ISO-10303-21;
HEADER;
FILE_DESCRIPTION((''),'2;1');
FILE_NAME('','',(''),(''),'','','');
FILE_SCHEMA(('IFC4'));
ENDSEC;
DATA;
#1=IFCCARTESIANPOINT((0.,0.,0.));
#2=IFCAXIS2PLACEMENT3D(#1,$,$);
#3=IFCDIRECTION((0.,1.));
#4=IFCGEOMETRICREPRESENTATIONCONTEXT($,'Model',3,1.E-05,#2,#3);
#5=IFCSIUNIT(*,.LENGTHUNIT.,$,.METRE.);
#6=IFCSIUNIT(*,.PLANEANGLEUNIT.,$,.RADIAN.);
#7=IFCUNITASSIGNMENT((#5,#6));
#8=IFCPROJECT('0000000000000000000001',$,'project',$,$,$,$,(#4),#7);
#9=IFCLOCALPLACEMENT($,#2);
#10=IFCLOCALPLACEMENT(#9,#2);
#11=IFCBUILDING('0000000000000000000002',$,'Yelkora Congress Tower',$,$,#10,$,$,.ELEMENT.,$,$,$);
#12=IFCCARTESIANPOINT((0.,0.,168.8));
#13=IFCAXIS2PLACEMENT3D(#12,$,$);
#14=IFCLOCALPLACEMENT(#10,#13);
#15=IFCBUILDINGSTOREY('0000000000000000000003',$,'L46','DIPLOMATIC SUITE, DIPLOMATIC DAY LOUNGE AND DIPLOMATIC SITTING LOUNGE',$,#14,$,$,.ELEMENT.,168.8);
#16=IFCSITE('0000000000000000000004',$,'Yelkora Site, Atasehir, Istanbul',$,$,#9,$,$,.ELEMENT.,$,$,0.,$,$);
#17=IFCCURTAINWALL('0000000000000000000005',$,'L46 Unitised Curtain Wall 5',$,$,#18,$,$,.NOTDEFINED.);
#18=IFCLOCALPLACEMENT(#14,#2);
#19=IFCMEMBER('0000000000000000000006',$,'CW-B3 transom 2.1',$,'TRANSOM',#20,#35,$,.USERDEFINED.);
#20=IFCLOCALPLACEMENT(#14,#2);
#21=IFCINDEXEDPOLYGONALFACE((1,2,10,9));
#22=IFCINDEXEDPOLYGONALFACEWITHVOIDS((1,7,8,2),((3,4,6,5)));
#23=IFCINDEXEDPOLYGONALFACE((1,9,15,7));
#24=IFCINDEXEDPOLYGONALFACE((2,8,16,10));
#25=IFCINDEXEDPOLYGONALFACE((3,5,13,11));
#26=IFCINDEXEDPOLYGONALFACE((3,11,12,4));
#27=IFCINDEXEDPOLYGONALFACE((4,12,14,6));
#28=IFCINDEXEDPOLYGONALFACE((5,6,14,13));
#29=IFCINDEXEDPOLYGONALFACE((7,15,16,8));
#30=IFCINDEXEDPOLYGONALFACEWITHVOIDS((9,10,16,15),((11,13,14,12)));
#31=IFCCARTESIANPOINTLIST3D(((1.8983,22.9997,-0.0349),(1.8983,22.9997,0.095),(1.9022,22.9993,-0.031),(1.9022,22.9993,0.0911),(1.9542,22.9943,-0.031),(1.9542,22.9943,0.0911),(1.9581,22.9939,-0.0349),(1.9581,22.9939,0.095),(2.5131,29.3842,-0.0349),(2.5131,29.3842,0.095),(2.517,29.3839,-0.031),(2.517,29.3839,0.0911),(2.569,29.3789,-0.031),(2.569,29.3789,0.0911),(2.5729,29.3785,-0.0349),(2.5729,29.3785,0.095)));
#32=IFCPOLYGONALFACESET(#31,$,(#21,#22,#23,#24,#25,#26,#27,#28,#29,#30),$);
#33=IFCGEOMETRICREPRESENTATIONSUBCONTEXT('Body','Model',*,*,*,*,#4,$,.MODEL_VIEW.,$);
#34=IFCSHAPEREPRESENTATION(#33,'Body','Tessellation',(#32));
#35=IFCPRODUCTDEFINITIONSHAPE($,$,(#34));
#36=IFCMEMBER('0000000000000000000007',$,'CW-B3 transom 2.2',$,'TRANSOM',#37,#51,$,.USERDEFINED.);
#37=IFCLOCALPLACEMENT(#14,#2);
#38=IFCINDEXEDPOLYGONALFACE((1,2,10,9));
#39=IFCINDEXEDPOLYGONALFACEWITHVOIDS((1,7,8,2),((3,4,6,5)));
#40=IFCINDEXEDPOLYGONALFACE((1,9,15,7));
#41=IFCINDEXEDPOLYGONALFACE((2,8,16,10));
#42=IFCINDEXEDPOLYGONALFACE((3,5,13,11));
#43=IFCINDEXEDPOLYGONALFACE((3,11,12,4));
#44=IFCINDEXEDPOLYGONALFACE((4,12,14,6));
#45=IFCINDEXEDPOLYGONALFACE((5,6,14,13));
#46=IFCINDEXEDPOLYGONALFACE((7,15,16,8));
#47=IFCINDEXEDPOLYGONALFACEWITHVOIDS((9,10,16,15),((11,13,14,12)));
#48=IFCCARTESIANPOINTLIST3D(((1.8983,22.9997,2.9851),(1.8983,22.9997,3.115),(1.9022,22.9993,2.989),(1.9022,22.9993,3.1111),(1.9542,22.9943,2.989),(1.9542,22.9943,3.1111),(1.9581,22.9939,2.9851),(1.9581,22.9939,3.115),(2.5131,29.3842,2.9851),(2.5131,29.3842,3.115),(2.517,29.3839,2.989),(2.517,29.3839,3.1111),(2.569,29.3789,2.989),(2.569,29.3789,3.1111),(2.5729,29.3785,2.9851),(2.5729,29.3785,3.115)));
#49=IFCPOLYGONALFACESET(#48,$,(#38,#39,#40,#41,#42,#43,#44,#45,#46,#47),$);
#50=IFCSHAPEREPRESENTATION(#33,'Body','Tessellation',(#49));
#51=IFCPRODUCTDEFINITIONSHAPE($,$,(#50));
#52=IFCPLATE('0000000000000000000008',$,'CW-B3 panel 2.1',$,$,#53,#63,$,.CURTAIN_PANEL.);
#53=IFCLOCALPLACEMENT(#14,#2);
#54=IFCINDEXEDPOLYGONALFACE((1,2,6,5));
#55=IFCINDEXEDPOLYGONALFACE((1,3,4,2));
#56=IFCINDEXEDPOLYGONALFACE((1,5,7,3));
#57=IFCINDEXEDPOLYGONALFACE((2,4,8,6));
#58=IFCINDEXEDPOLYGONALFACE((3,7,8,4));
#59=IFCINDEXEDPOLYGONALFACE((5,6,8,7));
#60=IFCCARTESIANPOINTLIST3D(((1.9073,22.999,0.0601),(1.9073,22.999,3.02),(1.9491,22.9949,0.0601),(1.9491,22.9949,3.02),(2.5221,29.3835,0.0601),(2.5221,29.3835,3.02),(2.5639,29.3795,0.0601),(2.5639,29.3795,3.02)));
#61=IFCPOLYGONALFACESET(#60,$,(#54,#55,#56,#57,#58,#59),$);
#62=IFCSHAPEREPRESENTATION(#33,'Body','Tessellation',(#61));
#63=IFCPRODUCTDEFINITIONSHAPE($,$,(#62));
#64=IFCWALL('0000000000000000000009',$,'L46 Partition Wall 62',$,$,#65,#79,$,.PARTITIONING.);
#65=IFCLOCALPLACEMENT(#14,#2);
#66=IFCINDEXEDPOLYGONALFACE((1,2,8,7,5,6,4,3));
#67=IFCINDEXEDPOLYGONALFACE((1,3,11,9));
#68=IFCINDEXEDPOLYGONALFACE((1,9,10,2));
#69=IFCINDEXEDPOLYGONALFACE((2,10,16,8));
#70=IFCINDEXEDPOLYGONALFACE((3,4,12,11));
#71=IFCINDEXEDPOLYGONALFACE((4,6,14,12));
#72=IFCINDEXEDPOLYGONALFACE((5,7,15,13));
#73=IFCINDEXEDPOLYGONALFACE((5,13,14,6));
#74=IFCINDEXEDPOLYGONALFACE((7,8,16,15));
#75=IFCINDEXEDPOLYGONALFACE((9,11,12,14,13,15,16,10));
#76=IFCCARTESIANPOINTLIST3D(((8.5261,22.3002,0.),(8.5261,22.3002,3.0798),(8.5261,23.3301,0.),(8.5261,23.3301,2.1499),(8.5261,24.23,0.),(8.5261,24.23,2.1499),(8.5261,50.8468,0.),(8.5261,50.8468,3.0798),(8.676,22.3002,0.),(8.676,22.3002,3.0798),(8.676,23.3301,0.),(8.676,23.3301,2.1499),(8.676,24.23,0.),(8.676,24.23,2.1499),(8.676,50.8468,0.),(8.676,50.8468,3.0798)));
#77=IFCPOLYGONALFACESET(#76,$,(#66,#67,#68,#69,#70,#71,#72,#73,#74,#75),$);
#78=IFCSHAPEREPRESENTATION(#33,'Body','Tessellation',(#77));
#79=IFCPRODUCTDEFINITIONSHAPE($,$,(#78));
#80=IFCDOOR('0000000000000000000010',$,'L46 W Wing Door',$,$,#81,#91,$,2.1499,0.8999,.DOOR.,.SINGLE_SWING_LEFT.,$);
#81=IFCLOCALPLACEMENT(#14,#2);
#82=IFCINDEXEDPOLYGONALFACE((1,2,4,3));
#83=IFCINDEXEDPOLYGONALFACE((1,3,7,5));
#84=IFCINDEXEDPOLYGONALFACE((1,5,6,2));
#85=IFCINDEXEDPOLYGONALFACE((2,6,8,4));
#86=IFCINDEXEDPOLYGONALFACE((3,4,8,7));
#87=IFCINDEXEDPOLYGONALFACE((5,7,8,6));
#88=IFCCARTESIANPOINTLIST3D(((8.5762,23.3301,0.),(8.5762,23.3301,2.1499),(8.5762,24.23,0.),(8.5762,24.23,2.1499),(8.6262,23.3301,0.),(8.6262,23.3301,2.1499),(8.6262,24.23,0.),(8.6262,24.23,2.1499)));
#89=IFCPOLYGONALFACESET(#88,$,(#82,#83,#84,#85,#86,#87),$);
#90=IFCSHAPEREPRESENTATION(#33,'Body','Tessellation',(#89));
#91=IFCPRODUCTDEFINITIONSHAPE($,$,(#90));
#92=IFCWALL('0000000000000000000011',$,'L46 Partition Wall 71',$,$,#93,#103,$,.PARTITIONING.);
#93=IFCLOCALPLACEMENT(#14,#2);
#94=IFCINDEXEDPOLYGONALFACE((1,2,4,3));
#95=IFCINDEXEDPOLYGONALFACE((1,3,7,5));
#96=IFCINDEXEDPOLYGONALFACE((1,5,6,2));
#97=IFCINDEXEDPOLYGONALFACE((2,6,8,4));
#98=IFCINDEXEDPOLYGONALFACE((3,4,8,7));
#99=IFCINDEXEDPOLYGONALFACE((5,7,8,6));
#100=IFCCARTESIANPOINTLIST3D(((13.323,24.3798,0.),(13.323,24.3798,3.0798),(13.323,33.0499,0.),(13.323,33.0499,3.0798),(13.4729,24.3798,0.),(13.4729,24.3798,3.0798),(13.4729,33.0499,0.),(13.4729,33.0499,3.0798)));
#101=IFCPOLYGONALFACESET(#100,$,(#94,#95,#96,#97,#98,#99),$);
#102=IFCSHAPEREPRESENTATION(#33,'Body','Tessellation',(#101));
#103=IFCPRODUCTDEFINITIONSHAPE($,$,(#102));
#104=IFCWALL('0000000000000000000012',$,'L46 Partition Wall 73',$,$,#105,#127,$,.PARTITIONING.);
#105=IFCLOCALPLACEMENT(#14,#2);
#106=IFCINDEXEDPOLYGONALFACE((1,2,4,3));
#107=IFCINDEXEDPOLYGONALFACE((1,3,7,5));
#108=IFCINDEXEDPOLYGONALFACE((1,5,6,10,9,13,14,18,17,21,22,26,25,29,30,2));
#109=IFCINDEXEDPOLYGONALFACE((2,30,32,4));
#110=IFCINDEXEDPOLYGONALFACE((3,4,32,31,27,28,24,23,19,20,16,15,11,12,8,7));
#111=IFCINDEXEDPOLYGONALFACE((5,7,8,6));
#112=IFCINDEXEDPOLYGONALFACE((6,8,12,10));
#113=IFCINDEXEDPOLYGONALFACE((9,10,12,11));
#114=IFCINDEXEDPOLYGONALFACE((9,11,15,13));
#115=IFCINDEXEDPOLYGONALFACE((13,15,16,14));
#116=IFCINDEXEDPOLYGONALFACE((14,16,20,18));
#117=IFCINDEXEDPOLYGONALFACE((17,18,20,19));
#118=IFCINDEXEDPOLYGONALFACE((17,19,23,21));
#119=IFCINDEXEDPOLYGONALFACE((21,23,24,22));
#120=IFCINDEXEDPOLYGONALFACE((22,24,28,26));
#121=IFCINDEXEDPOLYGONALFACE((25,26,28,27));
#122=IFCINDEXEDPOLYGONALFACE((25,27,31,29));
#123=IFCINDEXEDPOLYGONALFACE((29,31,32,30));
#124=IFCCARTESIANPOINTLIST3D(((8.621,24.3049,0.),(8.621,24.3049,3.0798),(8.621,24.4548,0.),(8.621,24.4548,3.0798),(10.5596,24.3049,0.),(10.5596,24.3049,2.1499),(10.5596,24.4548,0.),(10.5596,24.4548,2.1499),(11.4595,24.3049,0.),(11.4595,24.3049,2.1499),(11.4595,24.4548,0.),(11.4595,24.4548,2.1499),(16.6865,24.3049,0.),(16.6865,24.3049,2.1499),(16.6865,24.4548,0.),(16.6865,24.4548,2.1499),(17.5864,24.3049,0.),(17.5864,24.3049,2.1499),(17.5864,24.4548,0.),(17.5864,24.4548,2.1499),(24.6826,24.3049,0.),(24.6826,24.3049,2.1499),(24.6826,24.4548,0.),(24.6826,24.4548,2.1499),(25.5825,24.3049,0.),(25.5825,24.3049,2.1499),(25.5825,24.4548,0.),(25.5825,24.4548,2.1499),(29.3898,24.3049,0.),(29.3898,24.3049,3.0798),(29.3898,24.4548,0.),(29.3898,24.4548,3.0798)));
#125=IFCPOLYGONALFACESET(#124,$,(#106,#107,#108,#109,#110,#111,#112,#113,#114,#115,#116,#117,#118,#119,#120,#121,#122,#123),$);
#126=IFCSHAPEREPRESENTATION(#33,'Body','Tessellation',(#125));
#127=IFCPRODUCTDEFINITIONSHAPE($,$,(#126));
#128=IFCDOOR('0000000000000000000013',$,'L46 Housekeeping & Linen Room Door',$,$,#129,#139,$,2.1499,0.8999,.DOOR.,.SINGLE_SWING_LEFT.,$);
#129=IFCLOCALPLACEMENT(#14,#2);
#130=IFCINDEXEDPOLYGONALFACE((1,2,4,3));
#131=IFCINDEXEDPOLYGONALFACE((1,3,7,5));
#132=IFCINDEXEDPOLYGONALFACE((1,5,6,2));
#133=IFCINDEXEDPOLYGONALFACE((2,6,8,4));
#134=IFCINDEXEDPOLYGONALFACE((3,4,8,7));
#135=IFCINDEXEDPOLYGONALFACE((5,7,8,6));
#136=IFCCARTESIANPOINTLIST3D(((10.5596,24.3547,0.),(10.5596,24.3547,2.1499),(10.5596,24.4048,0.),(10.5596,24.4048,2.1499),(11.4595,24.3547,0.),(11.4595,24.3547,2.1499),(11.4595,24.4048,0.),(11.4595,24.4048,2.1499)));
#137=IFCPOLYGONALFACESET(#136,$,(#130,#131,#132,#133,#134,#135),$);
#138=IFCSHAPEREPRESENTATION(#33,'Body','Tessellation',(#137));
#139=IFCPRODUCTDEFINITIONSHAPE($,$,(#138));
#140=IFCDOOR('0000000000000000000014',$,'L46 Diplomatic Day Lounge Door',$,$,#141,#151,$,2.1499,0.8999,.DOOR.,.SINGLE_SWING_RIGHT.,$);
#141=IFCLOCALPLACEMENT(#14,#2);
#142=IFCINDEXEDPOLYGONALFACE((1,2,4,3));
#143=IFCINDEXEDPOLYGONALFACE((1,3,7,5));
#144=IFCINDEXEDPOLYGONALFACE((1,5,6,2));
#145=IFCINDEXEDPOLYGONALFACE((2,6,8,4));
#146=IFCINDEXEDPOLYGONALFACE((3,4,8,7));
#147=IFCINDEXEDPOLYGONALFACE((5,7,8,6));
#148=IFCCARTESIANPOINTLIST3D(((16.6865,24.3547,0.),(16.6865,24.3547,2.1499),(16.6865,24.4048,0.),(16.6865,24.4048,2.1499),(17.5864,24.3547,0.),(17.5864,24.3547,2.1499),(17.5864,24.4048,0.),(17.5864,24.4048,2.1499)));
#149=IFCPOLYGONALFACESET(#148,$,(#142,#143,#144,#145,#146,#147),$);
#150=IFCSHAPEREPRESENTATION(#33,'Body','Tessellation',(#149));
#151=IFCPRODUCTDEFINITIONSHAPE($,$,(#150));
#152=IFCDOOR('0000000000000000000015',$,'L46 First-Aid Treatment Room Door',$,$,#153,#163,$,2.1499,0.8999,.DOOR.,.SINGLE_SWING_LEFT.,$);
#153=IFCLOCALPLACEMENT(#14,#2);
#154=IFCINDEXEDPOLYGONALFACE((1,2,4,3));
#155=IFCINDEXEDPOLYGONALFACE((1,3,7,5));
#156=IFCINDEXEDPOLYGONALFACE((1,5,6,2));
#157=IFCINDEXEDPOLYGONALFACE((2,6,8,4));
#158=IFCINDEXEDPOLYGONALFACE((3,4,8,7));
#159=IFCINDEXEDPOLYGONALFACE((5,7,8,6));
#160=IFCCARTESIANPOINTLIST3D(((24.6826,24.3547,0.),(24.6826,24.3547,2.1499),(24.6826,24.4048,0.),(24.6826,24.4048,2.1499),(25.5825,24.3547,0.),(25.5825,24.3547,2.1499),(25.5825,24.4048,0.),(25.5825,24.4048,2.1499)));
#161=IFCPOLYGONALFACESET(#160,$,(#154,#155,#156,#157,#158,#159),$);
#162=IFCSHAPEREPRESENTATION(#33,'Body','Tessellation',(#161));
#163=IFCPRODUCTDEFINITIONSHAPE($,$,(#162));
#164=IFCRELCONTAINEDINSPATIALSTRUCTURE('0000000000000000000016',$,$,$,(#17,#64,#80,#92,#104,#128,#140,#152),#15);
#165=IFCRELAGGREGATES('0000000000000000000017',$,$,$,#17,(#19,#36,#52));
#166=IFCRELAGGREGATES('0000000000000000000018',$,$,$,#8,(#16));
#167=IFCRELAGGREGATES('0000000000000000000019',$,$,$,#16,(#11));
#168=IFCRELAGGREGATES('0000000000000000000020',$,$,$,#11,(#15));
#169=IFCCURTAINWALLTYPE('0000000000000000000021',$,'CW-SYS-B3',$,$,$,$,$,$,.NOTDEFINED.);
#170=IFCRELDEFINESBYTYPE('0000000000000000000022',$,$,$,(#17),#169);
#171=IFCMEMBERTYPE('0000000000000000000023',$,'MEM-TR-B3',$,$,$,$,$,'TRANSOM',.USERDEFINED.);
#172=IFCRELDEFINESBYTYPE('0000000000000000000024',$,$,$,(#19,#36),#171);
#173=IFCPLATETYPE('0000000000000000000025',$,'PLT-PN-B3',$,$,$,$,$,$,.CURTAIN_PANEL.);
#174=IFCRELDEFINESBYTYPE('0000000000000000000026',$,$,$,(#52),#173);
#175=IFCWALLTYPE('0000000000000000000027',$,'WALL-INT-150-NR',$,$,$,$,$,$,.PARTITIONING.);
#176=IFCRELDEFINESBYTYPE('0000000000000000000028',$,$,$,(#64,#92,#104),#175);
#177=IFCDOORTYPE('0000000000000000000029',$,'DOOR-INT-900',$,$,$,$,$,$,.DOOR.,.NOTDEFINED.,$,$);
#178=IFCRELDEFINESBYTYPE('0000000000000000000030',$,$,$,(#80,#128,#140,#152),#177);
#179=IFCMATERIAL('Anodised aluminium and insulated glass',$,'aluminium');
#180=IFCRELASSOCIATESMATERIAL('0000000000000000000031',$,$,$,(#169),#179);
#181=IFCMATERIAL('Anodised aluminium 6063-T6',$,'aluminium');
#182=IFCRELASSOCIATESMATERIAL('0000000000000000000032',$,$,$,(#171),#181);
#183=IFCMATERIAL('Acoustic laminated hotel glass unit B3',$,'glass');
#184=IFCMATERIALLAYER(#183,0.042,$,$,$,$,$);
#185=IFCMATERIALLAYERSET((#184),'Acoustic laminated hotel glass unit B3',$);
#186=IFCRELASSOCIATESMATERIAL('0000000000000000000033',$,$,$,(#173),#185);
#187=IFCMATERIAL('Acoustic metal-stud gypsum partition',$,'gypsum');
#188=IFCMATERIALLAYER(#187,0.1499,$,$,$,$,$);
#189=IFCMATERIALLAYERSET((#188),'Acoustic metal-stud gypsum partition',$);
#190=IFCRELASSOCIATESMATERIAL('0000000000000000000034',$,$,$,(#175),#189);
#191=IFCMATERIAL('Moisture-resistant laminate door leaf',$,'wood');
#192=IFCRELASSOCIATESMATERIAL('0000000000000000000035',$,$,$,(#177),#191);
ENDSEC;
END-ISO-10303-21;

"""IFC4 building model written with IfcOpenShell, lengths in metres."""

from ifc_helpers import new_model, si_unit, direction, frame, frame_2d, origin, origin_2d, place, context, subcontext, project, spatial, rectangle, hollow_rectangle, extrude, material, layer, layer_set, material_profile, profile_set, type_object, element, fill, aggregate, save


model = new_model("IFC4")

# Units and contexts
model_context = context("Model", 3, precision=1e-05, world=origin(), true_north=direction((0.0, 1.0)))
body_context = subcontext(model_context, "Body", "Model", "MODEL_VIEW")
ifc_project = project(units=[si_unit("LENGTHUNIT", "METRE"), si_unit("PLANEANGLEUNIT", "RADIAN")], contexts=[model_context])

# Site, building, storey
site_placement = place(None, origin())
site = spatial("IfcSite", under=ifc_project, at=site_placement, Name="Yelkora Site, Atasehir, Istanbul", CompositionType="ELEMENT", RefElevation=0.0)
building_placement = place(site_placement, origin())
building = spatial("IfcBuilding", under=site, at=building_placement, Name="Yelkora Congress Tower", CompositionType="ELEMENT")
storey_placement = place(building_placement, frame((0.0, 0.0, 168.8)))
storey = spatial("IfcBuildingStorey", under=building, at=storey_placement, Name="L46", Description="DIPLOMATIC SUITE, DIPLOMATIC DAY LOUNGE AND DIPLOMATIC SITTING LOUNGE", CompositionType="ELEMENT", Elevation=168.8)

# Curtain wall, members, plate
ifc_material_1 = material(Name="Anodised aluminium and insulated glass", Category="aluminium")
curtain_wall_type = type_object("IfcCurtainWallType", Name="CW-SYS-B3", PredefinedType="NOTDEFINED", material=ifc_material_1)
curtain_wall_placement = place(storey_placement, origin())
curtain_wall = element("IfcCurtainWall", 1, at=curtain_wall_placement, inside=storey, type_object=curtain_wall_type, Name="L46 Unitised Curtain Wall 5", PredefinedType="NOTDEFINED")
ifc_material_2 = material(Name="Anodised aluminium 6063-T6", Category="aluminium")
ifc_material_profile_1 = material_profile(ifc_material_2, hollow_rectangle(XDim=0.0601, YDim=0.1299, WallThickness=0.0039, at=origin_2d()), Name="ALU 60x130x4")
ifc_profile_set_1 = profile_set([ifc_material_profile_1], Name="Anodised aluminium 6063-T6")
member_type_1 = type_object("IfcMemberType", Name="MEM-TR-B3", ElementType="TRANSOM", PredefinedType="USERDEFINED", material=ifc_profile_set_1)
member_1_placement = place(storey_placement, frame((1.9282, 22.9968, 0.03), z_axis=(0.095844, 0.995396, 0.0), x_axis=(-0.995396, 0.095844, 0.0)))
member_1 = element("IfcMember", 2, at=member_1_placement, type_object=member_type_1, Name="CW-B3 transom 2.1", ObjectType="TRANSOM", PredefinedType="USERDEFINED", context=body_context, shape_type="SweptSolid", body=[
    extrude(hollow_rectangle(XDim=0.0601, YDim=0.1299, WallThickness=0.0039, at=origin_2d()), origin(), (0.0, 0.0, 1.0), 6.4141),
])
member_2_placement = place(storey_placement, frame((1.9282, 22.9968, 3.05), z_axis=(0.095844, 0.995396, 0.0), x_axis=(-0.995396, 0.095844, 0.0)))
member_2 = element("IfcMember", 3, at=member_2_placement, type_object=member_type_1, Name="CW-B3 transom 2.2", ObjectType="TRANSOM", PredefinedType="USERDEFINED", context=body_context, shape_type="SweptSolid", body=[
    extrude(hollow_rectangle(XDim=0.0601, YDim=0.1299, WallThickness=0.0039, at=origin_2d()), origin(), (0.0, 0.0, 1.0), 6.4141),
])
ifc_material_3 = material(Name="Acoustic laminated hotel glass unit B3", Category="glass")
ifc_layer_1 = layer(ifc_material_3, 0.042)
ifc_layer_set_1 = layer_set([ifc_layer_1], Name="Acoustic laminated hotel glass unit B3")
plate_type = type_object("IfcPlateType", Name="PLT-PN-B3", PredefinedType="CURTAIN_PANEL", material=ifc_layer_set_1)
plate_placement = place(storey_placement, frame((2.2356, 26.1892, 0.0601), z_axis=(0.0, 0.0, 1.0), x_axis=(0.095845, 0.995396, 0.0)))
plate = element("IfcPlate", 4, at=plate_placement, type_object=plate_type, Name="CW-B3 panel 2.1", PredefinedType="CURTAIN_PANEL", context=body_context, shape_type="SweptSolid", body=[
    extrude(rectangle(XDim=6.4141, YDim=0.042, at=origin_2d()), origin(), (0.0, 0.0, 1.0), 2.96),
])
aggregate(curtain_wall, [member_1, member_2, plate])

# Wall, opening, door
ifc_material_4 = material(Name="Acoustic metal-stud gypsum partition", Category="gypsum")
ifc_layer_2 = layer(ifc_material_4, 0.1499)
ifc_layer_set_2 = layer_set([ifc_layer_2], Name="Acoustic metal-stud gypsum partition")
wall_type = type_object("IfcWallType", Name="WALL-INT-150-NR", PredefinedType="PARTITIONING", material=ifc_layer_set_2)
wall_1_placement = place(storey_placement, frame((8.6011, 22.3, 0.0), z_axis=(0.0, 0.0, 1.0), x_axis=(0.0, 1.0, 0.0)))
wall_1 = element("IfcWall", 5, at=wall_1_placement, inside=storey, type_object=wall_type, Name="L46 Partition Wall 62", PredefinedType="PARTITIONING", context=body_context, shape_type="SweptSolid", body=[
    extrude(rectangle(XDim=28.5466, YDim=0.1499, at=frame_2d((14.2734, 0.0))), origin(), (0.0, 0.0, 1.0), 3.0798),
])
opening_1_placement = place(wall_1_placement, frame((1.03, 0.0, 0.0)))
opening_1 = element("IfcOpeningElement", 6, at=opening_1_placement, cuts=wall_1, PredefinedType="OPENING", context=body_context, shape_type="SweptSolid", body=[
    extrude(rectangle(XDim=0.8999, YDim=2.1499, at=frame_2d((0.45, 1.075))), frame((0.0, 0.085, 0.0), z_axis=(0.0, -1.0, 0.0), x_axis=(1.0, 0.0, 0.0)), (0.0, 0.0, 1.0), 0.1699),
])
ifc_material_5 = material(Name="Moisture-resistant laminate door leaf", Category="wood")
door_type = type_object("IfcDoorType", Name="DOOR-INT-900", OperationType="NOTDEFINED", PredefinedType="DOOR", material=ifc_material_5)
door_1_placement = place(opening_1_placement, origin())
door_1 = element("IfcDoor", 7, at=door_1_placement, inside=storey, type_object=door_type, Name="L46 W Wing Door", OperationType="SINGLE_SWING_LEFT", OverallHeight=2.1499, OverallWidth=0.8999, PredefinedType="DOOR", context=body_context, shape_type="SweptSolid", body=[
    extrude(rectangle(XDim=0.8999, YDim=2.1499, at=frame_2d((0.45, 1.075))), frame((0.0, 0.0249, 0.0), z_axis=(0.0, -1.0, 0.0), x_axis=(1.0, 0.0, 0.0)), (0.0, 0.0, 1.0), 0.05),
])
fill(opening_1, door_1)

# Wall
wall_2_placement = place(storey_placement, frame((13.3979, 24.3799, 0.0), z_axis=(0.0, 0.0, 1.0), x_axis=(0.0, 1.0, 0.0)))
element("IfcWall", 8, at=wall_2_placement, inside=storey, type_object=wall_type, Name="L46 Partition Wall 71", PredefinedType="PARTITIONING", context=body_context, shape_type="SweptSolid", body=[
    extrude(rectangle(XDim=8.6702, YDim=0.1499, at=frame_2d((4.335, 0.0))), origin(), (0.0, 0.0, 1.0), 3.0798),
])

# Wall, openings, doors
wall_3_placement = place(storey_placement, frame((8.6211, 24.3799, 0.0), z_axis=(0.0, 0.0, 1.0), x_axis=(1.0, 0.0, 0.0)))
wall_3 = element("IfcWall", 9, at=wall_3_placement, inside=storey, type_object=wall_type, Name="L46 Partition Wall 73", PredefinedType="PARTITIONING", context=body_context, shape_type="SweptSolid", body=[
    extrude(rectangle(XDim=20.7688, YDim=0.1499, at=frame_2d((10.3843, 0.0))), origin(), (0.0, 0.0, 1.0), 3.0798),
])
opening_2_placement = place(wall_3_placement, frame((1.9385, 0.0, 0.0)))
opening_2 = element("IfcOpeningElement", 10, at=opening_2_placement, cuts=wall_3, PredefinedType="OPENING", context=body_context, shape_type="SweptSolid", body=[
    extrude(rectangle(XDim=0.8999, YDim=2.1499, at=frame_2d((0.45, 1.075))), frame((0.0, 0.085, 0.0), z_axis=(0.0, -1.0, 0.0), x_axis=(1.0, 0.0, 0.0)), (0.0, 0.0, 1.0), 0.1699),
])
opening_3_placement = place(wall_3_placement, frame((8.0654, 0.0, 0.0)))
opening_3 = element("IfcOpeningElement", 11, at=opening_3_placement, cuts=wall_3, PredefinedType="OPENING", context=body_context, shape_type="SweptSolid", body=[
    extrude(rectangle(XDim=0.8999, YDim=2.1499, at=frame_2d((0.45, 1.075))), frame((0.0, 0.085, 0.0), z_axis=(0.0, -1.0, 0.0), x_axis=(1.0, 0.0, 0.0)), (0.0, 0.0, 1.0), 0.1699),
])
opening_4_placement = place(wall_3_placement, frame((16.0615, 0.0, 0.0)))
opening_4 = element("IfcOpeningElement", 12, at=opening_4_placement, cuts=wall_3, PredefinedType="OPENING", context=body_context, shape_type="SweptSolid", body=[
    extrude(rectangle(XDim=0.8999, YDim=2.1499, at=frame_2d((0.45, 1.075))), frame((0.0, 0.085, 0.0), z_axis=(0.0, -1.0, 0.0), x_axis=(1.0, 0.0, 0.0)), (0.0, 0.0, 1.0), 0.1699),
])
door_2_placement = place(opening_2_placement, origin())
door_2 = element("IfcDoor", 13, at=door_2_placement, inside=storey, type_object=door_type, Name="L46 Housekeeping & Linen Room Door", OperationType="SINGLE_SWING_LEFT", OverallHeight=2.1499, OverallWidth=0.8999, PredefinedType="DOOR", context=body_context, shape_type="SweptSolid", body=[
    extrude(rectangle(XDim=0.8999, YDim=2.1499, at=frame_2d((0.45, 1.075))), frame((0.0, 0.0249, 0.0), z_axis=(0.0, -1.0, 0.0), x_axis=(1.0, 0.0, 0.0)), (0.0, 0.0, 1.0), 0.05),
])
fill(opening_2, door_2)
door_3_placement = place(opening_3_placement, origin())
door_3 = element("IfcDoor", 14, at=door_3_placement, inside=storey, type_object=door_type, Name="L46 Diplomatic Day Lounge Door", OperationType="SINGLE_SWING_RIGHT", OverallHeight=2.1499, OverallWidth=0.8999, PredefinedType="DOOR", context=body_context, shape_type="SweptSolid", body=[
    extrude(rectangle(XDim=0.8999, YDim=2.1499, at=frame_2d((0.45, 1.075))), frame((0.0, 0.0249, 0.0), z_axis=(0.0, -1.0, 0.0), x_axis=(1.0, 0.0, 0.0)), (0.0, 0.0, 1.0), 0.05),
])
fill(opening_3, door_3)
door_4_placement = place(opening_4_placement, origin())
door_4 = element("IfcDoor", 15, at=door_4_placement, inside=storey, type_object=door_type, Name="L46 First-Aid Treatment Room Door", OperationType="SINGLE_SWING_LEFT", OverallHeight=2.1499, OverallWidth=0.8999, PredefinedType="DOOR", context=body_context, shape_type="SweptSolid", body=[
    extrude(rectangle(XDim=0.8999, YDim=2.1499, at=frame_2d((0.45, 1.075))), frame((0.0, 0.0249, 0.0), z_axis=(0.0, -1.0, 0.0), x_axis=(1.0, 0.0, 0.0)), (0.0, 0.0, 1.0), 0.05),
])
fill(opening_4, door_4)

save(model, "model.ifc")
